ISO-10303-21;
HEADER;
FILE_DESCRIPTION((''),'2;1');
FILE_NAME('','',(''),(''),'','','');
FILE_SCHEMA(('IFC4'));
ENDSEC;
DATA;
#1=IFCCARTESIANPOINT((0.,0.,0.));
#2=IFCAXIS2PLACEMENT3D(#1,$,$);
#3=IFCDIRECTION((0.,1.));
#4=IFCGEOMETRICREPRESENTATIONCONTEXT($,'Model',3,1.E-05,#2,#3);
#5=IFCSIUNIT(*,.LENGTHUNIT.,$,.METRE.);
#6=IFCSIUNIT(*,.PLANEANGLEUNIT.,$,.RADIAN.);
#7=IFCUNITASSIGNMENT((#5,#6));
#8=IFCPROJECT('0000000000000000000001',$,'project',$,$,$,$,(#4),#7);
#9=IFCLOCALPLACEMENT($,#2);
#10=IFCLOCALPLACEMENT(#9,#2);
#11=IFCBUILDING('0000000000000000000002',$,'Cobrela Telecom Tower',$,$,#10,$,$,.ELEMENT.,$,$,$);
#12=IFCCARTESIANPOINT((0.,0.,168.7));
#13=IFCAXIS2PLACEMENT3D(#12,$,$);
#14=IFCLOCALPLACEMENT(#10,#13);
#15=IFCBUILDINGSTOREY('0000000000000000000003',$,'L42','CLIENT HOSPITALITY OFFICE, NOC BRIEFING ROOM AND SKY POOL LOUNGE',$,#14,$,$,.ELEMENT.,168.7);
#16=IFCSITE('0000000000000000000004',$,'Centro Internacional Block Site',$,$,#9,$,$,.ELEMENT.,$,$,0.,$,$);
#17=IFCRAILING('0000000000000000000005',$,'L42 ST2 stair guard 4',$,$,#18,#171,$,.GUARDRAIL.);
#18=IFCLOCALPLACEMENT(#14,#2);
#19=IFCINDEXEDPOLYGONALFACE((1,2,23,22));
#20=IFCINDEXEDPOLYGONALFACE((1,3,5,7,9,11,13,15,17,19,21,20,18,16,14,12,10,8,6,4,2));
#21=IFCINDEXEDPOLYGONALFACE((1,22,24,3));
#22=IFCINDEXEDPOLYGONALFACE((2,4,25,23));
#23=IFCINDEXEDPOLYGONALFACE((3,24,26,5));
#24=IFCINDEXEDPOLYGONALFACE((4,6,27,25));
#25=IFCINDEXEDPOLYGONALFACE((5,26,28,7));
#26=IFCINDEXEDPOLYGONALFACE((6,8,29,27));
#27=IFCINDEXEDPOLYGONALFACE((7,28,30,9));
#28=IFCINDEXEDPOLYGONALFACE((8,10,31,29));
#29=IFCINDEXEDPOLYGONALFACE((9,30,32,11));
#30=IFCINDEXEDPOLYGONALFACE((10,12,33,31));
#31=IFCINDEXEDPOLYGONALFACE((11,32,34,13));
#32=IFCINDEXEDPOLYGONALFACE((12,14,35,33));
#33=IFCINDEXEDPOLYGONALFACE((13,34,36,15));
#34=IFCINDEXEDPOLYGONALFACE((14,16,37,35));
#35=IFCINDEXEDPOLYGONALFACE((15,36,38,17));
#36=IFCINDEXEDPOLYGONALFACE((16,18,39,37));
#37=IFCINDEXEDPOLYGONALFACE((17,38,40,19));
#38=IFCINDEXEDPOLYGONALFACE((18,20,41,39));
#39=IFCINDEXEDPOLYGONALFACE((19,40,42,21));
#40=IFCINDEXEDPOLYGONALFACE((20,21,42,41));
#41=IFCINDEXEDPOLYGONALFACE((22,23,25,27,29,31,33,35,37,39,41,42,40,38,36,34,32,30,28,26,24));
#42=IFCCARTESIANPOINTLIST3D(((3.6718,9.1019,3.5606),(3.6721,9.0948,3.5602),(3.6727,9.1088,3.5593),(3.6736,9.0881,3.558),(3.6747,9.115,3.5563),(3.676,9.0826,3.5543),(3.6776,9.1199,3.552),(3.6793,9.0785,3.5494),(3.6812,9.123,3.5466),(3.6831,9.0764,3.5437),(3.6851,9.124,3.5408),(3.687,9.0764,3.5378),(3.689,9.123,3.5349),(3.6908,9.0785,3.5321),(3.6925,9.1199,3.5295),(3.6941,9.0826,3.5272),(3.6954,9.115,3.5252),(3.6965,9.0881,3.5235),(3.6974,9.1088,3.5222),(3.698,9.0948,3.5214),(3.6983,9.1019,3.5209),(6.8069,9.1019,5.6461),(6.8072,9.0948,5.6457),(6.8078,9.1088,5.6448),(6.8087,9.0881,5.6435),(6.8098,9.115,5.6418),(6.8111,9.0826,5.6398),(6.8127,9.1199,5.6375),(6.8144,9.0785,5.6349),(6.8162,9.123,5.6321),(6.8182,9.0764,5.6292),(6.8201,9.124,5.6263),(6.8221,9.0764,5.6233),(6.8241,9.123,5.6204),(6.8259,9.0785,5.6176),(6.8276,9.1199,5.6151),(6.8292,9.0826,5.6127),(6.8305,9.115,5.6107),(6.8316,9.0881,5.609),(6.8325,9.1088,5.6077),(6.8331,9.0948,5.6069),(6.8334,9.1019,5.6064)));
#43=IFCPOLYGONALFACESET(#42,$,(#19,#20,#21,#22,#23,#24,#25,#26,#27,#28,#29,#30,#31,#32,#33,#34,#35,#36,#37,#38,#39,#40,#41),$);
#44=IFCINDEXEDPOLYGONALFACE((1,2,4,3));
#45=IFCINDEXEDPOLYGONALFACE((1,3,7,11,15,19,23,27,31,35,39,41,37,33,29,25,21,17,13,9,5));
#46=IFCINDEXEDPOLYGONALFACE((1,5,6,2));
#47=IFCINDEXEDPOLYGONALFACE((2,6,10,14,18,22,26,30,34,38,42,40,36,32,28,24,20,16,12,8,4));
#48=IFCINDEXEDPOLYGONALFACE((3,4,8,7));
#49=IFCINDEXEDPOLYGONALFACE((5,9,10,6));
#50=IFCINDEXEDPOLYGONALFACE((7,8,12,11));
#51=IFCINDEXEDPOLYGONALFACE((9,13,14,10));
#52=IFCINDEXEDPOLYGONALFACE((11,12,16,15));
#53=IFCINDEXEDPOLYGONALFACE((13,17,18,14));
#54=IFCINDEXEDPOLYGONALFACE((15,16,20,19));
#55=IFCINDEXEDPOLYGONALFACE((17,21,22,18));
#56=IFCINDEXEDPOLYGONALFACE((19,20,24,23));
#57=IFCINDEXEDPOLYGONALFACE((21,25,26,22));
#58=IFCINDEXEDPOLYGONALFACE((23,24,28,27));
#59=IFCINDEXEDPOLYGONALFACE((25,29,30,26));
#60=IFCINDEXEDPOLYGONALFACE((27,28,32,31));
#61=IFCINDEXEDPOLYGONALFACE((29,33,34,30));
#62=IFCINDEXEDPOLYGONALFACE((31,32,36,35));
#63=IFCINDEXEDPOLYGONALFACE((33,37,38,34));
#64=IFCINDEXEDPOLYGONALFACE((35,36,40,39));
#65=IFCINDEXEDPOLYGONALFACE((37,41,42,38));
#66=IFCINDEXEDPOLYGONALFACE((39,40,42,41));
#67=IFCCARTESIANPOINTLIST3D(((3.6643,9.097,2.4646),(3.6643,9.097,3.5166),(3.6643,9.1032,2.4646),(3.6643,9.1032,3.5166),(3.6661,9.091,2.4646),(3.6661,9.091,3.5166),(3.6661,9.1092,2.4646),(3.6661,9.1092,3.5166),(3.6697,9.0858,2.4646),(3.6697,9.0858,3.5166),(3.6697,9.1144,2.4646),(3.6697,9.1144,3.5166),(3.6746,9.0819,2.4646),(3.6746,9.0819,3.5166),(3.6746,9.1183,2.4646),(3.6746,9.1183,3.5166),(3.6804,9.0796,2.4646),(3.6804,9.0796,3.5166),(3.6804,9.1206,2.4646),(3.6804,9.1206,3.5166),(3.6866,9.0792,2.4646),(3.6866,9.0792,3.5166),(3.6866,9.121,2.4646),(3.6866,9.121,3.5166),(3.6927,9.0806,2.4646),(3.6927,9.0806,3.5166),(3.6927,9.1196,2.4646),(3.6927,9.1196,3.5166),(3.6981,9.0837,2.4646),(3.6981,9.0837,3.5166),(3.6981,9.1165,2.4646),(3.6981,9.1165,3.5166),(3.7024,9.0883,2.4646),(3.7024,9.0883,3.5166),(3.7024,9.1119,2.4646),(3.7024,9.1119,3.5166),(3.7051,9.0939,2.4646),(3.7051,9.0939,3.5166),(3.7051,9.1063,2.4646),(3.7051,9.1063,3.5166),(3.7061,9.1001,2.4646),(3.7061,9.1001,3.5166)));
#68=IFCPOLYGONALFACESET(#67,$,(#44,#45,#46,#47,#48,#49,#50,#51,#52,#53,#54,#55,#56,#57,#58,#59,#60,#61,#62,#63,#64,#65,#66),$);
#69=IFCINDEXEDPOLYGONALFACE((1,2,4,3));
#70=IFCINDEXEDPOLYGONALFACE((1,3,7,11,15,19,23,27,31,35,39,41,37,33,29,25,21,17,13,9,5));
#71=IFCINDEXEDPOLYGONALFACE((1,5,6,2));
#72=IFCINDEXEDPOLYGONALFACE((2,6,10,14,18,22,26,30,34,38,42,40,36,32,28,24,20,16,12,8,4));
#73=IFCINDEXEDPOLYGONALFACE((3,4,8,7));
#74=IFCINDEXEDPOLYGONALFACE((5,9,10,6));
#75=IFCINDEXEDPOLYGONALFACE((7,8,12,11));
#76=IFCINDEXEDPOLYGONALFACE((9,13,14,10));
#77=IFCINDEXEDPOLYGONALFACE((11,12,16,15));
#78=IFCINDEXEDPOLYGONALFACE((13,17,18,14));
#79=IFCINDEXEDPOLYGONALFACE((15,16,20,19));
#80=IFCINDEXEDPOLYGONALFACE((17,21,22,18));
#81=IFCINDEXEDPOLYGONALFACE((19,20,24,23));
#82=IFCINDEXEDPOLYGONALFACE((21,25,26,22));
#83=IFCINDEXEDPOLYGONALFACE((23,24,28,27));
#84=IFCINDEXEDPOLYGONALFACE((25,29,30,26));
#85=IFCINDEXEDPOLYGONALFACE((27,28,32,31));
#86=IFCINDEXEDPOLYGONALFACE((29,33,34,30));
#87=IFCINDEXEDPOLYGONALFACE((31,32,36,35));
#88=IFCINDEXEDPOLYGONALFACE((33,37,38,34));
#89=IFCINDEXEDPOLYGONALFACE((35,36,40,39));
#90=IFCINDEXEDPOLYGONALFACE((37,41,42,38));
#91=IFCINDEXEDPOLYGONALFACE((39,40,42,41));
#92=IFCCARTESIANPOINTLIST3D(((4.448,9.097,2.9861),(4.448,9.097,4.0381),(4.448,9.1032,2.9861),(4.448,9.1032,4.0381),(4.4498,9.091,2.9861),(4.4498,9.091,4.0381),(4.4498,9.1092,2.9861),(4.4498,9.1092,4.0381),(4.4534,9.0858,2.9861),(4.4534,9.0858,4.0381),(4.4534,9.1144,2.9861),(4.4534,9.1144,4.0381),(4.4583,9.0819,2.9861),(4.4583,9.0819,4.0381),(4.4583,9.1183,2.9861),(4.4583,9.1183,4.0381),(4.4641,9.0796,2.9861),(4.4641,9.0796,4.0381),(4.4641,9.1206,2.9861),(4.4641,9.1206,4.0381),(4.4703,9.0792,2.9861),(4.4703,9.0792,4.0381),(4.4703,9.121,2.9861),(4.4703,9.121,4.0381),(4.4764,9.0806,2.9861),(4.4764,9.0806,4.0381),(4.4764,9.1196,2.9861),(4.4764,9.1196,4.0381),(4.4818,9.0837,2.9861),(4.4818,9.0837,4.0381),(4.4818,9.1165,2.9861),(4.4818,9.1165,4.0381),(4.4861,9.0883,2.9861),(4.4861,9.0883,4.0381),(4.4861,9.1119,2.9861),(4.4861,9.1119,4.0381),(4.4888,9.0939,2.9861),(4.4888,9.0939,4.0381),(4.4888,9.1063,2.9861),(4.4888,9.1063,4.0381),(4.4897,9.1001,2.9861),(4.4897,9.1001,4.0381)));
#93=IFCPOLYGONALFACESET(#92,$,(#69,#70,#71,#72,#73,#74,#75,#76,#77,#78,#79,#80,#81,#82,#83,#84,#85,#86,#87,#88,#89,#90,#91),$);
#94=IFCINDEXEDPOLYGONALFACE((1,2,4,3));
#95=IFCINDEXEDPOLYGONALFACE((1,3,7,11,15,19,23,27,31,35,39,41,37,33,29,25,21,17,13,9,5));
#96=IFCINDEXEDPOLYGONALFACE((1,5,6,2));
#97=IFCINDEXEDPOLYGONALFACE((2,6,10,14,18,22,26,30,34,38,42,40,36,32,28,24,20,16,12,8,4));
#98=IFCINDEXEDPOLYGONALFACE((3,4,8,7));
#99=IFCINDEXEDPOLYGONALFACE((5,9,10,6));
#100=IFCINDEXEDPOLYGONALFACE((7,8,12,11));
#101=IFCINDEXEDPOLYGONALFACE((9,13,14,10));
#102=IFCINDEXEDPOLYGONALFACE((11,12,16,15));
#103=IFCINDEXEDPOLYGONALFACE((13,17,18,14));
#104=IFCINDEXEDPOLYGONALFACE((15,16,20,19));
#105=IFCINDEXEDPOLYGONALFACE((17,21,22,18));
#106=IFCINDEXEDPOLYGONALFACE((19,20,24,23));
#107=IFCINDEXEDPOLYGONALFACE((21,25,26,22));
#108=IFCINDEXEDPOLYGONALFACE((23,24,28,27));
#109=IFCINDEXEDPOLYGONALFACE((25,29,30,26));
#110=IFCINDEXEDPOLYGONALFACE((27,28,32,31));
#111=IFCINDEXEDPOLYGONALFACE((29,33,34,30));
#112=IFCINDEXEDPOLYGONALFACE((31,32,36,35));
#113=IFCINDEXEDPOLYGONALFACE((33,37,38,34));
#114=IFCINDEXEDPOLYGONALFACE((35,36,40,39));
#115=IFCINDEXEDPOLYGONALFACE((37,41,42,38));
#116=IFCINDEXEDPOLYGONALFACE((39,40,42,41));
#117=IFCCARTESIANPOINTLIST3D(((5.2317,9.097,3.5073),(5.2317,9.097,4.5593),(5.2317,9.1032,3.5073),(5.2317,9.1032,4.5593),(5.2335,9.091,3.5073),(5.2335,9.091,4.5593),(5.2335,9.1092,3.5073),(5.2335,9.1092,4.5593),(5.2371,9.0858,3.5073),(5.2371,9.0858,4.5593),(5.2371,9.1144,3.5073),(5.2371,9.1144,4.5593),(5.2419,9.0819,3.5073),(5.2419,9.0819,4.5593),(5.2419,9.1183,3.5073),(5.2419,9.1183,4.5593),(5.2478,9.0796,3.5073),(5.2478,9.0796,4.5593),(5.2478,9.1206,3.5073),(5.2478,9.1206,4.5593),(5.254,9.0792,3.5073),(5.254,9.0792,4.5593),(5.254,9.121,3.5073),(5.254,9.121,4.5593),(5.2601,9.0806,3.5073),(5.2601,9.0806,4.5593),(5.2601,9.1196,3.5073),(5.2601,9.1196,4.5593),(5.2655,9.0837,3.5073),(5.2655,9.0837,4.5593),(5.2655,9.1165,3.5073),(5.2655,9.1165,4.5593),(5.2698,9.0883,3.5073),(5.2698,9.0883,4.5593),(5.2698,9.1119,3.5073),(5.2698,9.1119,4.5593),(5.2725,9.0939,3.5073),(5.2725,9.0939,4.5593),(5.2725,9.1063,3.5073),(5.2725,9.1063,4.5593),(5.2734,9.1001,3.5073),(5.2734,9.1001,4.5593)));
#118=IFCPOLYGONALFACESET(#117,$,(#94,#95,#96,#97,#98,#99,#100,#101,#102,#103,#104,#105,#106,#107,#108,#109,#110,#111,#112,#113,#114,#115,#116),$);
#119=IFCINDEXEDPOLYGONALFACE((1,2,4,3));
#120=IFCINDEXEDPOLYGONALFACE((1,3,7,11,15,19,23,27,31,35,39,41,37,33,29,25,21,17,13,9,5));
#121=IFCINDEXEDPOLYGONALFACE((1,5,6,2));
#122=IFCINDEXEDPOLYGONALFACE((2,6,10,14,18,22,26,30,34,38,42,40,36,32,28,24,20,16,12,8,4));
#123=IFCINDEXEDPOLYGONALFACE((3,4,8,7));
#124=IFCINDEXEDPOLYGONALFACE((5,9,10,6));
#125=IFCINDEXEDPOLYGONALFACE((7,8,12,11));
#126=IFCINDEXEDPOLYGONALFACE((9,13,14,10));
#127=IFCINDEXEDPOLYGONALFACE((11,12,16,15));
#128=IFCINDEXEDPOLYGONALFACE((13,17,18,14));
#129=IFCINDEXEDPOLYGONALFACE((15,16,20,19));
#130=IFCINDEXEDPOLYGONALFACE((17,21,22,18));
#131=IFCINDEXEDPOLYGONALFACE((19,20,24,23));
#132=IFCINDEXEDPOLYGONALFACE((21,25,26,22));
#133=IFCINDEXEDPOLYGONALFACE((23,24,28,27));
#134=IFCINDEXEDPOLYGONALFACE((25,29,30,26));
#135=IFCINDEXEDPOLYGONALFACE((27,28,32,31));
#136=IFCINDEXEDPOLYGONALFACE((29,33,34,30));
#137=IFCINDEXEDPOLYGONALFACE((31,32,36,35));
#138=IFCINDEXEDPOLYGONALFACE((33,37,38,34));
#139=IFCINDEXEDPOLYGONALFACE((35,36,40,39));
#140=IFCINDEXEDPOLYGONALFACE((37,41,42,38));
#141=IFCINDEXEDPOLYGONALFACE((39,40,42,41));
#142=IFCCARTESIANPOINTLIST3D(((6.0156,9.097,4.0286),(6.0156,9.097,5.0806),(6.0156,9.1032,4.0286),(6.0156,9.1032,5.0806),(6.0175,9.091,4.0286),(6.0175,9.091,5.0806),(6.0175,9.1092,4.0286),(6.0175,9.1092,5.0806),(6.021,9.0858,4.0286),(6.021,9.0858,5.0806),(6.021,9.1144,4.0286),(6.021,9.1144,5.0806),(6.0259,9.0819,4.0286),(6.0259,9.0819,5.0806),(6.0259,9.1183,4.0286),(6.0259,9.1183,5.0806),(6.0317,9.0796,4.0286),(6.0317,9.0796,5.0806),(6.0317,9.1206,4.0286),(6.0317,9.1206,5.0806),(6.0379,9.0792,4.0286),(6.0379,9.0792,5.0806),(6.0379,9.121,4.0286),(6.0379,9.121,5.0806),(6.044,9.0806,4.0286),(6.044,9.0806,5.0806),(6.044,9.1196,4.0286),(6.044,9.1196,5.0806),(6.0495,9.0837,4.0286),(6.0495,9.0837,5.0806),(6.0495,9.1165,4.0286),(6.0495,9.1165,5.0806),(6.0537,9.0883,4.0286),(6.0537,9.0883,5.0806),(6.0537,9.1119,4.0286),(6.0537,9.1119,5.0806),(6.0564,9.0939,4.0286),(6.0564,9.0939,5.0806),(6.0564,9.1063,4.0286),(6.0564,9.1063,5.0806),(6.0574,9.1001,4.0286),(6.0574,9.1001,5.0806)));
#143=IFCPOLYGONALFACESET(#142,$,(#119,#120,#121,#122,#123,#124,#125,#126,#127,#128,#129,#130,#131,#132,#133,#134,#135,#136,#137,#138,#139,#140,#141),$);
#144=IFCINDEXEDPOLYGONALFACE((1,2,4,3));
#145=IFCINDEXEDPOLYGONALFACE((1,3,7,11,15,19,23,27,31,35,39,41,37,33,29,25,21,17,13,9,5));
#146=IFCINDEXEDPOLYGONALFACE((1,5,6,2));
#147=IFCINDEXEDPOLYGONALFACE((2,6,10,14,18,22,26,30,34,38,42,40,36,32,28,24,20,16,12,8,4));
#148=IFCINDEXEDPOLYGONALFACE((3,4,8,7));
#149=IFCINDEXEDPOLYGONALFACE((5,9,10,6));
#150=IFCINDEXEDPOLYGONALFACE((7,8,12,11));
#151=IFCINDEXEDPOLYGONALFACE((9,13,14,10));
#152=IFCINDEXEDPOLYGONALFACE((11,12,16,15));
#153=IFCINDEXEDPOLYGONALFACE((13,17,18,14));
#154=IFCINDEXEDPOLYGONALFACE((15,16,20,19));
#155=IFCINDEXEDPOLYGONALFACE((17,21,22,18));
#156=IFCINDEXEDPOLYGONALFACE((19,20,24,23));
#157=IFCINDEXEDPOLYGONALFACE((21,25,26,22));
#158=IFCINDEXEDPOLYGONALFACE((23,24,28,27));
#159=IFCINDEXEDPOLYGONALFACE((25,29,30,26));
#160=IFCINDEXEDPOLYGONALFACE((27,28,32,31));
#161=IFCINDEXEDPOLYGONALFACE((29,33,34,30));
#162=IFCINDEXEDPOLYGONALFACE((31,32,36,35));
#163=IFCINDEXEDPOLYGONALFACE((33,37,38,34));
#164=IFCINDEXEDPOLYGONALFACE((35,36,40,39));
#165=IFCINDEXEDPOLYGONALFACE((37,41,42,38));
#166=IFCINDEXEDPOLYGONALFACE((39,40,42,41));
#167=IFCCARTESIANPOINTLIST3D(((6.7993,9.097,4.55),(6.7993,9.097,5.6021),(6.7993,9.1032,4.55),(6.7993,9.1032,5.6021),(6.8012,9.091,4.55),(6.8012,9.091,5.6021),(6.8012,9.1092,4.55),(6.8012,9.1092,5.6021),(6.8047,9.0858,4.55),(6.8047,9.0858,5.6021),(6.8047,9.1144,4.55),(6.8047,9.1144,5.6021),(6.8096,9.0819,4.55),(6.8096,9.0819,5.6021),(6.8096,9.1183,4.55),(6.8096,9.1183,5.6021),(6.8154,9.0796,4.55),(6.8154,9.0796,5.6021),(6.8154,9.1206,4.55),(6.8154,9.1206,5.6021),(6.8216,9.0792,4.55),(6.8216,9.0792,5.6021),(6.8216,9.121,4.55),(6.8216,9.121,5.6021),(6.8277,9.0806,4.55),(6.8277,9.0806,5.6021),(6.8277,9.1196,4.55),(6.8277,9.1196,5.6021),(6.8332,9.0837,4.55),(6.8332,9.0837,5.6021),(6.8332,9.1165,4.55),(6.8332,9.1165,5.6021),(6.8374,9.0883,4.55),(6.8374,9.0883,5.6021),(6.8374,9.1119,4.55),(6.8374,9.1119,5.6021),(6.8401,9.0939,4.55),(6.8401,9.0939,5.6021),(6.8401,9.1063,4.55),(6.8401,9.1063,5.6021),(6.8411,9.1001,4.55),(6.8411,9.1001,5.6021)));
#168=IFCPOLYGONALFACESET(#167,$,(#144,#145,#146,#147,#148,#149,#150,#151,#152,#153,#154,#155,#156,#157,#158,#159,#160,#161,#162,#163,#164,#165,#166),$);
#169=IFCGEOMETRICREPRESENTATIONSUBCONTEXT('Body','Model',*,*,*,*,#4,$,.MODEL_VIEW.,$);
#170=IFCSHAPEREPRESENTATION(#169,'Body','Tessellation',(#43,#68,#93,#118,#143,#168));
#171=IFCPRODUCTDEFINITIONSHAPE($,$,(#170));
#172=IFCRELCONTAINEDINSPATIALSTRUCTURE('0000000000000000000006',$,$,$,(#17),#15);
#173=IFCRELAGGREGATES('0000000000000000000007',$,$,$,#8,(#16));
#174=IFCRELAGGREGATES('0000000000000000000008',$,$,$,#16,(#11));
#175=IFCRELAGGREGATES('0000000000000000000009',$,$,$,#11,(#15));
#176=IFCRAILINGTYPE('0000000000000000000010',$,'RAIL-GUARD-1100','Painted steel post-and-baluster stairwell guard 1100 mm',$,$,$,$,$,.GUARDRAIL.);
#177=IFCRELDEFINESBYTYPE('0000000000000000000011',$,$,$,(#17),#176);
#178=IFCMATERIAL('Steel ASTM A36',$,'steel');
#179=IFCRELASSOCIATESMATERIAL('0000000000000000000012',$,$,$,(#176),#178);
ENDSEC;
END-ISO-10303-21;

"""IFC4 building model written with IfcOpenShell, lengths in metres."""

from ifc_helpers import new_model, si_unit, direction, frame, origin, origin_2d, place, context, subcontext, project, spatial, circle, extrude, material, type_object, element, save


model = new_model("IFC4")

# Units and contexts
model_context = context("Model", 3, precision=1e-05, world=origin(), true_north=direction((0.0, 1.0)))
body_context = subcontext(model_context, "Body", "Model", "MODEL_VIEW")
ifc_project = project(units=[si_unit("LENGTHUNIT", "METRE"), si_unit("PLANEANGLEUNIT", "RADIAN")], contexts=[model_context])

# Site, building, storey
site_placement = place(None, origin())
site = spatial("IfcSite", under=ifc_project, at=site_placement, Name="Centro Internacional Block Site", CompositionType="ELEMENT", RefElevation=0.0)
building_placement = place(site_placement, origin())
building = spatial("IfcBuilding", under=site, at=building_placement, Name="Cobrela Telecom Tower", CompositionType="ELEMENT")
storey_placement = place(building_placement, frame((0.0, 0.0, 168.7)))
storey = spatial("IfcBuildingStorey", under=building, at=storey_placement, Name="L42", Description="CLIENT HOSPITALITY OFFICE, NOC BRIEFING ROOM AND SKY POOL LOUNGE", CompositionType="ELEMENT", Elevation=168.7)

# Shared definitions
ifc_material_1 = material(Name="Steel ASTM A36", Category="steel")

# Railing
railing_type_1 = type_object("IfcRailingType", Name="RAIL-GUARD-1100", Description="Painted steel post-and-baluster stairwell guard 1100 mm", PredefinedType="GUARDRAIL", material=ifc_material_1)
railing_1_placement = place(storey_placement, frame((3.6851, 9.1001, 2.4646)))
element("IfcRailing", 1, at=railing_1_placement, inside=storey, type_object=railing_type_1, Name="L42 ST2 stair guard 4", PredefinedType="GUARDRAIL", context=body_context, shape_type="SweptSolid", body=[
    extrude(circle(Radius=0.0239, at=origin_2d()), frame((0.0, 0.0, 1.0762), z_axis=(0.832608, 0.0, 0.553862), x_axis=(0.0, 1.0, 0.0)), (0.0, 0.0, 1.0), 3.7654),
    extrude(circle(Radius=0.021, at=origin_2d()), origin(), (0.0, 0.0, 1.0), 1.052),
    extrude(circle(Radius=0.021, at=origin_2d()), frame((0.7837, 0.0, 0.5215)), (0.0, 0.0, 1.0), 1.052),
    extrude(circle(Radius=0.021, at=origin_2d()), frame((1.5674, 0.0, 1.0427)), (0.0, 0.0, 1.0), 1.052),
    extrude(circle(Radius=0.021, at=origin_2d()), frame((2.3513, 0.0, 1.564)), (0.0, 0.0, 1.0), 1.052),
    extrude(circle(Radius=0.021, at=origin_2d()), frame((3.135, 0.0, 2.0854)), (0.0, 0.0, 1.0), 1.052),
])

save(model, "model.ifc")
